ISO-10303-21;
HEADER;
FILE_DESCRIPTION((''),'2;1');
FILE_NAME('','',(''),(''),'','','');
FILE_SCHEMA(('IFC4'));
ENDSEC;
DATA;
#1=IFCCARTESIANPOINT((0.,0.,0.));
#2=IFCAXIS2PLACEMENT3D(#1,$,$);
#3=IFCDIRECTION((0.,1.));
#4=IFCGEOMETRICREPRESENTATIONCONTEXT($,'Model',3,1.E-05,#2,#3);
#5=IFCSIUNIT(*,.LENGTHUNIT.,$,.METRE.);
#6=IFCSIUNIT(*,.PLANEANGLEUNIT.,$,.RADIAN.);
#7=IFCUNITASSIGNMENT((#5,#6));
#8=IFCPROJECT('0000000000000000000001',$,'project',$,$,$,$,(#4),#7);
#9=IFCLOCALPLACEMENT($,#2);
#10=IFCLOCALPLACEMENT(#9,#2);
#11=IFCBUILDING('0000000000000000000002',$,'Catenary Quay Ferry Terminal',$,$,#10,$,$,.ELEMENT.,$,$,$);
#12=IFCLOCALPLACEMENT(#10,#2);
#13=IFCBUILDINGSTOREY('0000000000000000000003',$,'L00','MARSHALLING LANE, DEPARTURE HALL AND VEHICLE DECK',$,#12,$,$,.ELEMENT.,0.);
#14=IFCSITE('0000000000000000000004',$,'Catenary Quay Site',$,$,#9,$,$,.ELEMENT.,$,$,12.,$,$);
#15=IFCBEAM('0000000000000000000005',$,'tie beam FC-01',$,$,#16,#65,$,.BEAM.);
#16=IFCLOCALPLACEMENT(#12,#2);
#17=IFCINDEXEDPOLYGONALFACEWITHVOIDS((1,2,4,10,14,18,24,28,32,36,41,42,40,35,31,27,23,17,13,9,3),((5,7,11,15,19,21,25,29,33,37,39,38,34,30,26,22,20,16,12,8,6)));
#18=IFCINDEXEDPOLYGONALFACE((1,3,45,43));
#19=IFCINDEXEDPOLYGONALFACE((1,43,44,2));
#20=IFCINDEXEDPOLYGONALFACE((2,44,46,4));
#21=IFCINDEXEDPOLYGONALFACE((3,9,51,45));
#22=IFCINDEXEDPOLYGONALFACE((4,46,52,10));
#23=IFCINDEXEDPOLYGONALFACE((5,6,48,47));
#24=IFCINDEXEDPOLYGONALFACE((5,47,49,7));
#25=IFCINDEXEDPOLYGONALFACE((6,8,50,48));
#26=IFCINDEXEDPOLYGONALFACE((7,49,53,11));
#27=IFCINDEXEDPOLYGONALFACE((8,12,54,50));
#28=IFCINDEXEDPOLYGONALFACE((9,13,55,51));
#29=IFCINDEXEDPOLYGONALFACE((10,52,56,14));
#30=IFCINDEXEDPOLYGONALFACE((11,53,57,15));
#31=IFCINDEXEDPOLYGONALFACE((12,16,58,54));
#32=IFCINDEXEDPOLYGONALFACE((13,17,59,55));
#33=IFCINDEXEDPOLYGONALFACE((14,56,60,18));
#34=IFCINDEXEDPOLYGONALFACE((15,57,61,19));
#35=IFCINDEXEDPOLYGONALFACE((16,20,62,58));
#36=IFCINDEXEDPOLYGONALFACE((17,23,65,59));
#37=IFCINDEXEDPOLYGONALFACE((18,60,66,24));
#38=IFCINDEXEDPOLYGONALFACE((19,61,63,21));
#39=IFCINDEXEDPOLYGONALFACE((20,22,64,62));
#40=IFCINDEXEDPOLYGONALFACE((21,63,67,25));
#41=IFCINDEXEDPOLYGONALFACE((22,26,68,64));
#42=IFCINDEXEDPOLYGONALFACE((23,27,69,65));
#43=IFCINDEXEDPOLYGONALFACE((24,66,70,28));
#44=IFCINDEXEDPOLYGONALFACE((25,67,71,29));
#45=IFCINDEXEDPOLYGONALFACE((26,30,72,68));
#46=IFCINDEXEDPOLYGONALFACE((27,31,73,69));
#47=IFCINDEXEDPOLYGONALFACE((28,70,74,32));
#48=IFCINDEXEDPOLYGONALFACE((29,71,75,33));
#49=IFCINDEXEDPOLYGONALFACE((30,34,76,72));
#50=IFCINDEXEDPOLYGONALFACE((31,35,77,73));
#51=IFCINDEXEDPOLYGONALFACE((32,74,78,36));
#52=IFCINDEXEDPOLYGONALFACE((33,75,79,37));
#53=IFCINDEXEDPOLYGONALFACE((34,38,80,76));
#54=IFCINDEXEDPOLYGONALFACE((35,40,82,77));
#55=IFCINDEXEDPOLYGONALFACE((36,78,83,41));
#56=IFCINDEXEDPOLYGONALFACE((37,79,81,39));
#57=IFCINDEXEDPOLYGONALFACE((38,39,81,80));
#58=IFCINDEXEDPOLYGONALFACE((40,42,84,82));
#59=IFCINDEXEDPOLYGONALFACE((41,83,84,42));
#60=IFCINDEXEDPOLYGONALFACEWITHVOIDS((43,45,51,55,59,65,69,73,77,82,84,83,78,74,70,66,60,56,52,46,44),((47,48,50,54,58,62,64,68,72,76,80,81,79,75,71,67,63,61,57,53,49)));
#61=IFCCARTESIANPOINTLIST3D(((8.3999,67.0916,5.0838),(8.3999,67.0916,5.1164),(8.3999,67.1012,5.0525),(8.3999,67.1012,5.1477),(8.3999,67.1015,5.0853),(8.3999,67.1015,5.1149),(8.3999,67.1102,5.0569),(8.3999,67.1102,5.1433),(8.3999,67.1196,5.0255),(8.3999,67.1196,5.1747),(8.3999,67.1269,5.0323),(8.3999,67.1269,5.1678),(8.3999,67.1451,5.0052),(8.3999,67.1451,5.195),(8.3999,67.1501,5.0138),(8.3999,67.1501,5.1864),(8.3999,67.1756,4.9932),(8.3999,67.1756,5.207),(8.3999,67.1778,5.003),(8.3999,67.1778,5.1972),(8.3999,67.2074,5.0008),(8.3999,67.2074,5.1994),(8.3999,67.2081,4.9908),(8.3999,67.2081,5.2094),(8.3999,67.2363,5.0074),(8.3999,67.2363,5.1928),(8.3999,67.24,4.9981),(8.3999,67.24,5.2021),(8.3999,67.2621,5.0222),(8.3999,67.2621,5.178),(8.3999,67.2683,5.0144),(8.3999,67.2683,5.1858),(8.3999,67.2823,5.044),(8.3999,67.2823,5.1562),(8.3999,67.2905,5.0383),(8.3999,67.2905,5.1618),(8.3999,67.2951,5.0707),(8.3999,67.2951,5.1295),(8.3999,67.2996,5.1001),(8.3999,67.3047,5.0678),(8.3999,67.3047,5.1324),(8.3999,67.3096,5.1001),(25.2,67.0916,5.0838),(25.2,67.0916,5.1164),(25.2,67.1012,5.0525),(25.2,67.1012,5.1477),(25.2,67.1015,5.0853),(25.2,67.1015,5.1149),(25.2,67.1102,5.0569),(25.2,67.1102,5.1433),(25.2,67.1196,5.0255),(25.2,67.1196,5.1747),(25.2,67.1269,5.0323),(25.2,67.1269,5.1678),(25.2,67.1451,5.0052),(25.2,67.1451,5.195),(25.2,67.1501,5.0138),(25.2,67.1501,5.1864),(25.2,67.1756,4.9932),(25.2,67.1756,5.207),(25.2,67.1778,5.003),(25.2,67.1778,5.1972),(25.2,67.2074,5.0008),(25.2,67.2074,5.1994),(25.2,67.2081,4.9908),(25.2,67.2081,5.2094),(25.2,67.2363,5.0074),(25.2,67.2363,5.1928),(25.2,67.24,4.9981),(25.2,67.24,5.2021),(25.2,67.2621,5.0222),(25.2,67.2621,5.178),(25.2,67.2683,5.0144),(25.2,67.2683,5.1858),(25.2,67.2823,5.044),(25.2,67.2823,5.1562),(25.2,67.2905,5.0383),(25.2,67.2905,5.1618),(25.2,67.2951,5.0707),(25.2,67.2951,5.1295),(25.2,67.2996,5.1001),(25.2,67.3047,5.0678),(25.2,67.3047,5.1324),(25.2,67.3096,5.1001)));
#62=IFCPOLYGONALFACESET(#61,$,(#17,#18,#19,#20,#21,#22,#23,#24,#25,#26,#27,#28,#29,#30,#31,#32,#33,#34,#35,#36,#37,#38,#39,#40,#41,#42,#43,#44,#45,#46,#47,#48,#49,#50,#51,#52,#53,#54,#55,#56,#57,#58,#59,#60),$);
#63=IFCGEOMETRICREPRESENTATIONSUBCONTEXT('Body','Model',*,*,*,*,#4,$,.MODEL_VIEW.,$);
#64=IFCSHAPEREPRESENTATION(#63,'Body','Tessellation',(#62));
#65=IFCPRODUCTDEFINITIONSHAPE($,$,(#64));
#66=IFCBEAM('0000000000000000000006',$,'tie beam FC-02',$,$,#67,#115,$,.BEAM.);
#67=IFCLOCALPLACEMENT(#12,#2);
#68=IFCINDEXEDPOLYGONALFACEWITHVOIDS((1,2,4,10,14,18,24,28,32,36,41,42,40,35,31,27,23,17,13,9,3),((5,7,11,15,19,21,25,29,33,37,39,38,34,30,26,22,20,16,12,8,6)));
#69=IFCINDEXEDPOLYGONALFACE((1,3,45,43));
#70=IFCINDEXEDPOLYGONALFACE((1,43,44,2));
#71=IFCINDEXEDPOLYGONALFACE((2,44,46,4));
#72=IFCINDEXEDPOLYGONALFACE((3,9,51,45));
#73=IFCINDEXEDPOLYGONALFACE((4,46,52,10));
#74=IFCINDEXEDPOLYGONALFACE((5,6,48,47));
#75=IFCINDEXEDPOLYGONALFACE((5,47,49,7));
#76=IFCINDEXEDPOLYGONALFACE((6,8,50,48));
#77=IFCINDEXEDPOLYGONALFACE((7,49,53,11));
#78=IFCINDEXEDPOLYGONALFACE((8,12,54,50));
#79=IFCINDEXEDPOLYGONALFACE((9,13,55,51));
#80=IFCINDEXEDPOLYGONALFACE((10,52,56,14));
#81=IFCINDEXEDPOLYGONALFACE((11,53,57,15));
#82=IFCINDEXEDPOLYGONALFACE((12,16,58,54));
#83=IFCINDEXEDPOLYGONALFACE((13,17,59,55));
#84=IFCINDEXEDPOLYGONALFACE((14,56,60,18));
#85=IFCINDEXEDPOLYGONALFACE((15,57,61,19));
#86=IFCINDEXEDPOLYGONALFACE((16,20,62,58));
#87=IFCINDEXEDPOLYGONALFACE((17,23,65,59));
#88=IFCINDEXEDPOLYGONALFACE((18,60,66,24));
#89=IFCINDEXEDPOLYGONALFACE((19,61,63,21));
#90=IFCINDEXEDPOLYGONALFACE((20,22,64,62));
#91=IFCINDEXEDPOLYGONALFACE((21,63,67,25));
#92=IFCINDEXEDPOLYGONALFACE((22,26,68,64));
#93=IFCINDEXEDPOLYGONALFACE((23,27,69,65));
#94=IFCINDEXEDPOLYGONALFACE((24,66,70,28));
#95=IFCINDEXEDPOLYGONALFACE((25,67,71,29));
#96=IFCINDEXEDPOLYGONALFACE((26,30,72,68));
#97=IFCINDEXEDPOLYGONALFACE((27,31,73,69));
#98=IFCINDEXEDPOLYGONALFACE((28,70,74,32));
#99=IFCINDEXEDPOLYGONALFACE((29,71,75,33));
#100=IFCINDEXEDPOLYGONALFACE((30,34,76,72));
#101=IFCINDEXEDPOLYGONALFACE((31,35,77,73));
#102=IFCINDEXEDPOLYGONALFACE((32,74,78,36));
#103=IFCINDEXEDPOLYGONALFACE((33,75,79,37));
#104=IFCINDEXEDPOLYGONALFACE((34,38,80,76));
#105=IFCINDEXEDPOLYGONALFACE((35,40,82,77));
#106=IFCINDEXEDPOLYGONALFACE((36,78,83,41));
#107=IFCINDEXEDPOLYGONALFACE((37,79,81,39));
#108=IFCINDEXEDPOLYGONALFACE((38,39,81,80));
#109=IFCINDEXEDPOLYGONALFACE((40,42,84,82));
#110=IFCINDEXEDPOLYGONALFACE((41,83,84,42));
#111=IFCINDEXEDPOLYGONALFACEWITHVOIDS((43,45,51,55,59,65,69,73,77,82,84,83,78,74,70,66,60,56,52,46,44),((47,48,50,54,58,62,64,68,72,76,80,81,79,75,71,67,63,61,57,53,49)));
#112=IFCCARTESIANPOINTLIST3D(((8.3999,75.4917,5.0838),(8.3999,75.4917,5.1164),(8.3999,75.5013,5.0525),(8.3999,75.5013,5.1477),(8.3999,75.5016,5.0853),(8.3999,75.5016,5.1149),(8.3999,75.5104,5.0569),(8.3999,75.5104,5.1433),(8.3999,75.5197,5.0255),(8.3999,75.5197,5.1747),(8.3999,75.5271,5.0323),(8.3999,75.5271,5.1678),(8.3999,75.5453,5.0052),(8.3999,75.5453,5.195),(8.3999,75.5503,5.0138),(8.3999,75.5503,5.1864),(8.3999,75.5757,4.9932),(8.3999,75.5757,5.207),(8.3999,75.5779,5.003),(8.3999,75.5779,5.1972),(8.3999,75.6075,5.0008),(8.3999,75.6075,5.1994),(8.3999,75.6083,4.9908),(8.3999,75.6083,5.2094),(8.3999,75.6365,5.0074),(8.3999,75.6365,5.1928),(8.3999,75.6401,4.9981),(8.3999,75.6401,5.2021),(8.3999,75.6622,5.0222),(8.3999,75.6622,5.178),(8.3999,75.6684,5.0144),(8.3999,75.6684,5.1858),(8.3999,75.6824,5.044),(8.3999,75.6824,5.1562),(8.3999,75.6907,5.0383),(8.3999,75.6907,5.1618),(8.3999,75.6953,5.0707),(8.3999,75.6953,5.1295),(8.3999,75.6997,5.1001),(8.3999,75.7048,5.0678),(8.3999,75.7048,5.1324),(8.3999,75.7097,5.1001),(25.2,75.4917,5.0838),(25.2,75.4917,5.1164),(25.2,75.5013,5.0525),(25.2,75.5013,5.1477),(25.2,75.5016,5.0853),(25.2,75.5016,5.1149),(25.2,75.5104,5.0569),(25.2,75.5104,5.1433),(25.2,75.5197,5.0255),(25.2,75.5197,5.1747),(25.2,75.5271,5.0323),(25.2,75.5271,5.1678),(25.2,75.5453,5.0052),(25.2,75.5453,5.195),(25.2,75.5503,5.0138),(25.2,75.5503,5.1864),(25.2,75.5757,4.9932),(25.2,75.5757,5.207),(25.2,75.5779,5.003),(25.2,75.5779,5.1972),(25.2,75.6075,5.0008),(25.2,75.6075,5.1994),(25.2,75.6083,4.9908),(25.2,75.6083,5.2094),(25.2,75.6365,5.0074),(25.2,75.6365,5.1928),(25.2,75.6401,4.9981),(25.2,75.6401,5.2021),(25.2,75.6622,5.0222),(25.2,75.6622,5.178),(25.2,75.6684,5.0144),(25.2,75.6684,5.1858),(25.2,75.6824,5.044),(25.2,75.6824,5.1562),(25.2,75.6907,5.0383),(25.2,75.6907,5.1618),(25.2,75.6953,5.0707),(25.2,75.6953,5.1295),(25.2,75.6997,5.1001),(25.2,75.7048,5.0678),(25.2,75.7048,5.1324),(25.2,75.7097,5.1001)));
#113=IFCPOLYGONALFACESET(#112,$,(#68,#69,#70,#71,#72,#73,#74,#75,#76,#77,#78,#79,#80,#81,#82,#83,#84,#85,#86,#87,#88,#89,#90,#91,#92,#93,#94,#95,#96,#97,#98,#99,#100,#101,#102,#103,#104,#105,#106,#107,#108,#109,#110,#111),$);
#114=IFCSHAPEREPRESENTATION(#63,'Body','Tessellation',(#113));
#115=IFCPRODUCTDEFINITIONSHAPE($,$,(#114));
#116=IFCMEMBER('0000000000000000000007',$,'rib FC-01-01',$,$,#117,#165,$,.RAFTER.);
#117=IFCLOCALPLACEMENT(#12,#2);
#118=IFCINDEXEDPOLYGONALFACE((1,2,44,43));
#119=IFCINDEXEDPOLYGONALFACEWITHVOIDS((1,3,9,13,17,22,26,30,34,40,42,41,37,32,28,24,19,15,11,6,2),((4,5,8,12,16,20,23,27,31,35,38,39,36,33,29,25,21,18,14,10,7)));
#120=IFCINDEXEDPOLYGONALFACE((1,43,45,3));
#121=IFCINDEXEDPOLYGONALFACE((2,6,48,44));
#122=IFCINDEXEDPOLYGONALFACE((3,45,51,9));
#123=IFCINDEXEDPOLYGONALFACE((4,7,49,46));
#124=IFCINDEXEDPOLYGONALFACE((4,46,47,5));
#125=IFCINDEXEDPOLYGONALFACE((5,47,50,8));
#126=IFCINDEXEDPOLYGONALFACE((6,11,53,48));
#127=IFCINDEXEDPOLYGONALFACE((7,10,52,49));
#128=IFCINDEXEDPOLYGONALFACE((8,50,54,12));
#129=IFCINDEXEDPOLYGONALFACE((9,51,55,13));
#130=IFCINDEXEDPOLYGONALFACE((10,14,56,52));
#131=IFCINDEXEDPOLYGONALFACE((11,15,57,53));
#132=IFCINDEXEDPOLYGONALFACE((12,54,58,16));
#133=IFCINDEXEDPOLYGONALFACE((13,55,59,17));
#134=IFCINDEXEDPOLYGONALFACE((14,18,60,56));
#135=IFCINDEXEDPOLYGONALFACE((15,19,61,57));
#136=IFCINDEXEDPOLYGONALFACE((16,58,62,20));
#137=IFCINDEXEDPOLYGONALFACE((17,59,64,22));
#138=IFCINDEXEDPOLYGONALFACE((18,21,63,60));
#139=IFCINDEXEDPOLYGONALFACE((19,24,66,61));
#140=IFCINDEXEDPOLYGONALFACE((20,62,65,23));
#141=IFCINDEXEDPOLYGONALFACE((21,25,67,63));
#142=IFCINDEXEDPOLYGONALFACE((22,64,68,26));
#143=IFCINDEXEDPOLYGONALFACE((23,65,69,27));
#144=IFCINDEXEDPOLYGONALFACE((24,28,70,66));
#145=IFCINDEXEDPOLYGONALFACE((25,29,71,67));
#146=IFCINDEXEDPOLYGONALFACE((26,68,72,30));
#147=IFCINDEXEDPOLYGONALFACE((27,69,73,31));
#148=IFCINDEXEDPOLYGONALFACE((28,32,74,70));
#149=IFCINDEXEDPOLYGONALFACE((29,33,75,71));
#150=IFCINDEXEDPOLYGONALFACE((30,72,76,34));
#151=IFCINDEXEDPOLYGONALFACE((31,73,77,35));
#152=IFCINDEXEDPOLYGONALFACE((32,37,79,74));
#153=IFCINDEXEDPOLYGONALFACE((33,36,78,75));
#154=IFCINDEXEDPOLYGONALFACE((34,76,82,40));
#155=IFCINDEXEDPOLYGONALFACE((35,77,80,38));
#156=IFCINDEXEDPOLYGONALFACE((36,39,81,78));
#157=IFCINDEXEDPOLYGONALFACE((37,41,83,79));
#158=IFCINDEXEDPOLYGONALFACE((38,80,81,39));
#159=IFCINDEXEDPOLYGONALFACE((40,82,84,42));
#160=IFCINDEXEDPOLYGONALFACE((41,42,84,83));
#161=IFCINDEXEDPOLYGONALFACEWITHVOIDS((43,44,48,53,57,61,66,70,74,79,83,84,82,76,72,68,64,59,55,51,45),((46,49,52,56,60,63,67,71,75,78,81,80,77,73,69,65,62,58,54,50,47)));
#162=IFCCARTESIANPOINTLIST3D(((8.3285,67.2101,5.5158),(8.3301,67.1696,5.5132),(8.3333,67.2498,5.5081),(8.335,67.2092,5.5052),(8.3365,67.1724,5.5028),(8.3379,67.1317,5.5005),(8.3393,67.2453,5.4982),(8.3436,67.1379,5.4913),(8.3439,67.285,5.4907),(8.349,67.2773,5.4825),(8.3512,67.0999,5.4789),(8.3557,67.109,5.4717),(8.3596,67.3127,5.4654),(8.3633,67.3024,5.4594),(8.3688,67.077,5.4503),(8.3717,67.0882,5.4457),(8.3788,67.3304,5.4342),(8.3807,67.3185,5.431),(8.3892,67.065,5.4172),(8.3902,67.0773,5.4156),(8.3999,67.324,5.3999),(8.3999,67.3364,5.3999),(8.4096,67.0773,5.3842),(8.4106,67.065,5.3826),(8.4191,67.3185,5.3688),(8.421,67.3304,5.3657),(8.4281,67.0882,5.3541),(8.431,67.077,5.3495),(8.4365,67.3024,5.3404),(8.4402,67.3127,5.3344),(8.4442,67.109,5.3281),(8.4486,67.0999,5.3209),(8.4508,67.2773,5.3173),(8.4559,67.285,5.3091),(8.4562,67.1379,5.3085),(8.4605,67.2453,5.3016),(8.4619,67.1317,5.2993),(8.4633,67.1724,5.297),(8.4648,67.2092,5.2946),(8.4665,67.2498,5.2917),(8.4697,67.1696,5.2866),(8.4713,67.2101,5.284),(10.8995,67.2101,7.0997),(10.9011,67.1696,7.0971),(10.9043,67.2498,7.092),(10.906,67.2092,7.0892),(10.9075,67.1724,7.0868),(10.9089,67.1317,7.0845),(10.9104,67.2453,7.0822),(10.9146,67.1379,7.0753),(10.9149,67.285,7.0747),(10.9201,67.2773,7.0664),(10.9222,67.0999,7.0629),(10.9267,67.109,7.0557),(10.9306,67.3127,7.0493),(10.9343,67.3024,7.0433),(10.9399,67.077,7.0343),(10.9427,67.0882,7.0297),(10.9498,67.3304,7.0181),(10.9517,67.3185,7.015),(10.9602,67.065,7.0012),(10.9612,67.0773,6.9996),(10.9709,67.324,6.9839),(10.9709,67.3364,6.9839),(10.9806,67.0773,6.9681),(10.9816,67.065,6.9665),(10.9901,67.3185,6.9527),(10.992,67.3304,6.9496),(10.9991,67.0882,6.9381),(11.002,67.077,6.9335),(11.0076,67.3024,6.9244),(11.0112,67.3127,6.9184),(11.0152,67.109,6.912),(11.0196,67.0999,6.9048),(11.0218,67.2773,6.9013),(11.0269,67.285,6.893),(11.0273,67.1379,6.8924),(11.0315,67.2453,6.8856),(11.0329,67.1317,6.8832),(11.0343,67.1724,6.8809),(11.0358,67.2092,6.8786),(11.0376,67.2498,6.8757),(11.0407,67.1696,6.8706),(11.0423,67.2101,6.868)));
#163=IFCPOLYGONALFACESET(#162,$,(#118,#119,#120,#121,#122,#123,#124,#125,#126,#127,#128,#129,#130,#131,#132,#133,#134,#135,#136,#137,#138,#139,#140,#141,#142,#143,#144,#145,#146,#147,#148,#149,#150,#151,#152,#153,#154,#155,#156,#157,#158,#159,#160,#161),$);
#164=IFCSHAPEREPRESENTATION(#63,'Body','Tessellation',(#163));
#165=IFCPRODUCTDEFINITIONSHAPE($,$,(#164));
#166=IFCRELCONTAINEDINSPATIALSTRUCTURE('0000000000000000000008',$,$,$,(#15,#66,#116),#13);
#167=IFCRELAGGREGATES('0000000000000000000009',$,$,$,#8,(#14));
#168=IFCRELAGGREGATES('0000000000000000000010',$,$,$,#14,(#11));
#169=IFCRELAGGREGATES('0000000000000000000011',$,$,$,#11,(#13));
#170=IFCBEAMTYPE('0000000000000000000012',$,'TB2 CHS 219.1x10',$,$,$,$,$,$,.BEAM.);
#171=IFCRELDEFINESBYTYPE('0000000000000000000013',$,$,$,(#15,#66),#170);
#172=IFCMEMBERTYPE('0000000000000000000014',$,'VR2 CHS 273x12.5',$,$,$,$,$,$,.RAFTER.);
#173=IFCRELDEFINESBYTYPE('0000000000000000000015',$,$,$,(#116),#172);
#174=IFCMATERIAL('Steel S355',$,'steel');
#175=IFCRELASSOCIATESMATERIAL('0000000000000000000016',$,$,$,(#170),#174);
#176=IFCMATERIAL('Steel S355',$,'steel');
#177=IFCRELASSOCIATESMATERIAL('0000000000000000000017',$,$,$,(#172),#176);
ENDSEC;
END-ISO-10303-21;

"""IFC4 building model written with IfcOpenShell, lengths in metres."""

from ifc_helpers import new_model, si_unit, direction, frame, origin, origin_2d, place, context, subcontext, project, spatial, hollow_circle, extrude, material, material_profile, profile_set, type_object, element, save


model = new_model("IFC4")

# Units and contexts
model_context = context("Model", 3, precision=1e-05, world=origin(), true_north=direction((0.0, 1.0)))
body_context = subcontext(model_context, "Body", "Model", "MODEL_VIEW")
ifc_project = project(units=[si_unit("LENGTHUNIT", "METRE"), si_unit("PLANEANGLEUNIT", "RADIAN")], contexts=[model_context])

# Site, building, storey
site_placement = place(None, origin())
site = spatial("IfcSite", under=ifc_project, at=site_placement, Name="Catenary Quay Site", CompositionType="ELEMENT", RefElevation=12.0)
building_placement = place(site_placement, origin())
building = spatial("IfcBuilding", under=site, at=building_placement, Name="Catenary Quay Ferry Terminal", CompositionType="ELEMENT")
storey_placement = place(building_placement, origin())
storey = spatial("IfcBuildingStorey", under=building, at=storey_placement, Name="L00", Description="MARSHALLING LANE, DEPARTURE HALL AND VEHICLE DECK", CompositionType="ELEMENT", Elevation=0.0)

# Beams
ifc_material_1 = material(Name="Steel S355", Category="steel")
ifc_material_profile_1 = material_profile(ifc_material_1, hollow_circle(Radius=0.1096, WallThickness=0.01, at=origin_2d()), Name="CHS 219.1x10")
ifc_profile_set_1 = profile_set([ifc_material_profile_1], Name="Steel S355")
beam_type_1 = type_object("IfcBeamType", Name="TB2 CHS 219.1x10", PredefinedType="BEAM", material=ifc_profile_set_1)
for number, where, z_axis, x_axis, name in (
    (1, (8.3999, 67.2, 5.1001), (1.0, 0.0, 0.0), (0.0, 1.0, 0.0), "tie beam FC-01"),
    (2, (8.3999, 75.6001, 5.1001), (1.0, 0.0, 0.0), (0.0, 1.0, 0.0), "tie beam FC-02"),
):
    element("IfcBeam", number, at=place(storey_placement, frame(where, z_axis=z_axis, x_axis=x_axis)), inside=storey, type_object=beam_type_1, Name=name, PredefinedType="BEAM", context=body_context, shape_type="SweptSolid", body=[
        extrude(hollow_circle(Radius=0.1096, WallThickness=0.01, at=origin_2d()), origin(), (0.0, 0.0, 1.0), 16.8),
    ])

# Member
ifc_material_2 = material(Name="Steel S355", Category="steel")
ifc_material_profile_2 = material_profile(ifc_material_2, hollow_circle(Radius=0.1365, WallThickness=0.0125, at=origin_2d()), Name="CHS 273x12.5")
ifc_profile_set_2 = profile_set([ifc_material_profile_2], Name="Steel S355")
member_type_1 = type_object("IfcMemberType", Name="VR2 CHS 273x12.5", PredefinedType="RAFTER", material=ifc_profile_set_2)
for number, where, z_axis, x_axis, name in (
    (3, (8.3999, 67.2, 5.3999), (0.851392, 0.0, 0.52453), (0.0, 1.0, 0.0), "rib FC-01-01"),
):
    element("IfcMember", number, at=place(storey_placement, frame(where, z_axis=z_axis, x_axis=x_axis)), inside=storey, type_object=member_type_1, Name=name, PredefinedType="RAFTER", context=body_context, shape_type="SweptSolid", body=[
        extrude(hollow_circle(Radius=0.1365, WallThickness=0.0125, at=origin_2d()), origin(), (0.0, 0.0, 1.0), 3.0198),
    ])

save(model, "model.ifc")
